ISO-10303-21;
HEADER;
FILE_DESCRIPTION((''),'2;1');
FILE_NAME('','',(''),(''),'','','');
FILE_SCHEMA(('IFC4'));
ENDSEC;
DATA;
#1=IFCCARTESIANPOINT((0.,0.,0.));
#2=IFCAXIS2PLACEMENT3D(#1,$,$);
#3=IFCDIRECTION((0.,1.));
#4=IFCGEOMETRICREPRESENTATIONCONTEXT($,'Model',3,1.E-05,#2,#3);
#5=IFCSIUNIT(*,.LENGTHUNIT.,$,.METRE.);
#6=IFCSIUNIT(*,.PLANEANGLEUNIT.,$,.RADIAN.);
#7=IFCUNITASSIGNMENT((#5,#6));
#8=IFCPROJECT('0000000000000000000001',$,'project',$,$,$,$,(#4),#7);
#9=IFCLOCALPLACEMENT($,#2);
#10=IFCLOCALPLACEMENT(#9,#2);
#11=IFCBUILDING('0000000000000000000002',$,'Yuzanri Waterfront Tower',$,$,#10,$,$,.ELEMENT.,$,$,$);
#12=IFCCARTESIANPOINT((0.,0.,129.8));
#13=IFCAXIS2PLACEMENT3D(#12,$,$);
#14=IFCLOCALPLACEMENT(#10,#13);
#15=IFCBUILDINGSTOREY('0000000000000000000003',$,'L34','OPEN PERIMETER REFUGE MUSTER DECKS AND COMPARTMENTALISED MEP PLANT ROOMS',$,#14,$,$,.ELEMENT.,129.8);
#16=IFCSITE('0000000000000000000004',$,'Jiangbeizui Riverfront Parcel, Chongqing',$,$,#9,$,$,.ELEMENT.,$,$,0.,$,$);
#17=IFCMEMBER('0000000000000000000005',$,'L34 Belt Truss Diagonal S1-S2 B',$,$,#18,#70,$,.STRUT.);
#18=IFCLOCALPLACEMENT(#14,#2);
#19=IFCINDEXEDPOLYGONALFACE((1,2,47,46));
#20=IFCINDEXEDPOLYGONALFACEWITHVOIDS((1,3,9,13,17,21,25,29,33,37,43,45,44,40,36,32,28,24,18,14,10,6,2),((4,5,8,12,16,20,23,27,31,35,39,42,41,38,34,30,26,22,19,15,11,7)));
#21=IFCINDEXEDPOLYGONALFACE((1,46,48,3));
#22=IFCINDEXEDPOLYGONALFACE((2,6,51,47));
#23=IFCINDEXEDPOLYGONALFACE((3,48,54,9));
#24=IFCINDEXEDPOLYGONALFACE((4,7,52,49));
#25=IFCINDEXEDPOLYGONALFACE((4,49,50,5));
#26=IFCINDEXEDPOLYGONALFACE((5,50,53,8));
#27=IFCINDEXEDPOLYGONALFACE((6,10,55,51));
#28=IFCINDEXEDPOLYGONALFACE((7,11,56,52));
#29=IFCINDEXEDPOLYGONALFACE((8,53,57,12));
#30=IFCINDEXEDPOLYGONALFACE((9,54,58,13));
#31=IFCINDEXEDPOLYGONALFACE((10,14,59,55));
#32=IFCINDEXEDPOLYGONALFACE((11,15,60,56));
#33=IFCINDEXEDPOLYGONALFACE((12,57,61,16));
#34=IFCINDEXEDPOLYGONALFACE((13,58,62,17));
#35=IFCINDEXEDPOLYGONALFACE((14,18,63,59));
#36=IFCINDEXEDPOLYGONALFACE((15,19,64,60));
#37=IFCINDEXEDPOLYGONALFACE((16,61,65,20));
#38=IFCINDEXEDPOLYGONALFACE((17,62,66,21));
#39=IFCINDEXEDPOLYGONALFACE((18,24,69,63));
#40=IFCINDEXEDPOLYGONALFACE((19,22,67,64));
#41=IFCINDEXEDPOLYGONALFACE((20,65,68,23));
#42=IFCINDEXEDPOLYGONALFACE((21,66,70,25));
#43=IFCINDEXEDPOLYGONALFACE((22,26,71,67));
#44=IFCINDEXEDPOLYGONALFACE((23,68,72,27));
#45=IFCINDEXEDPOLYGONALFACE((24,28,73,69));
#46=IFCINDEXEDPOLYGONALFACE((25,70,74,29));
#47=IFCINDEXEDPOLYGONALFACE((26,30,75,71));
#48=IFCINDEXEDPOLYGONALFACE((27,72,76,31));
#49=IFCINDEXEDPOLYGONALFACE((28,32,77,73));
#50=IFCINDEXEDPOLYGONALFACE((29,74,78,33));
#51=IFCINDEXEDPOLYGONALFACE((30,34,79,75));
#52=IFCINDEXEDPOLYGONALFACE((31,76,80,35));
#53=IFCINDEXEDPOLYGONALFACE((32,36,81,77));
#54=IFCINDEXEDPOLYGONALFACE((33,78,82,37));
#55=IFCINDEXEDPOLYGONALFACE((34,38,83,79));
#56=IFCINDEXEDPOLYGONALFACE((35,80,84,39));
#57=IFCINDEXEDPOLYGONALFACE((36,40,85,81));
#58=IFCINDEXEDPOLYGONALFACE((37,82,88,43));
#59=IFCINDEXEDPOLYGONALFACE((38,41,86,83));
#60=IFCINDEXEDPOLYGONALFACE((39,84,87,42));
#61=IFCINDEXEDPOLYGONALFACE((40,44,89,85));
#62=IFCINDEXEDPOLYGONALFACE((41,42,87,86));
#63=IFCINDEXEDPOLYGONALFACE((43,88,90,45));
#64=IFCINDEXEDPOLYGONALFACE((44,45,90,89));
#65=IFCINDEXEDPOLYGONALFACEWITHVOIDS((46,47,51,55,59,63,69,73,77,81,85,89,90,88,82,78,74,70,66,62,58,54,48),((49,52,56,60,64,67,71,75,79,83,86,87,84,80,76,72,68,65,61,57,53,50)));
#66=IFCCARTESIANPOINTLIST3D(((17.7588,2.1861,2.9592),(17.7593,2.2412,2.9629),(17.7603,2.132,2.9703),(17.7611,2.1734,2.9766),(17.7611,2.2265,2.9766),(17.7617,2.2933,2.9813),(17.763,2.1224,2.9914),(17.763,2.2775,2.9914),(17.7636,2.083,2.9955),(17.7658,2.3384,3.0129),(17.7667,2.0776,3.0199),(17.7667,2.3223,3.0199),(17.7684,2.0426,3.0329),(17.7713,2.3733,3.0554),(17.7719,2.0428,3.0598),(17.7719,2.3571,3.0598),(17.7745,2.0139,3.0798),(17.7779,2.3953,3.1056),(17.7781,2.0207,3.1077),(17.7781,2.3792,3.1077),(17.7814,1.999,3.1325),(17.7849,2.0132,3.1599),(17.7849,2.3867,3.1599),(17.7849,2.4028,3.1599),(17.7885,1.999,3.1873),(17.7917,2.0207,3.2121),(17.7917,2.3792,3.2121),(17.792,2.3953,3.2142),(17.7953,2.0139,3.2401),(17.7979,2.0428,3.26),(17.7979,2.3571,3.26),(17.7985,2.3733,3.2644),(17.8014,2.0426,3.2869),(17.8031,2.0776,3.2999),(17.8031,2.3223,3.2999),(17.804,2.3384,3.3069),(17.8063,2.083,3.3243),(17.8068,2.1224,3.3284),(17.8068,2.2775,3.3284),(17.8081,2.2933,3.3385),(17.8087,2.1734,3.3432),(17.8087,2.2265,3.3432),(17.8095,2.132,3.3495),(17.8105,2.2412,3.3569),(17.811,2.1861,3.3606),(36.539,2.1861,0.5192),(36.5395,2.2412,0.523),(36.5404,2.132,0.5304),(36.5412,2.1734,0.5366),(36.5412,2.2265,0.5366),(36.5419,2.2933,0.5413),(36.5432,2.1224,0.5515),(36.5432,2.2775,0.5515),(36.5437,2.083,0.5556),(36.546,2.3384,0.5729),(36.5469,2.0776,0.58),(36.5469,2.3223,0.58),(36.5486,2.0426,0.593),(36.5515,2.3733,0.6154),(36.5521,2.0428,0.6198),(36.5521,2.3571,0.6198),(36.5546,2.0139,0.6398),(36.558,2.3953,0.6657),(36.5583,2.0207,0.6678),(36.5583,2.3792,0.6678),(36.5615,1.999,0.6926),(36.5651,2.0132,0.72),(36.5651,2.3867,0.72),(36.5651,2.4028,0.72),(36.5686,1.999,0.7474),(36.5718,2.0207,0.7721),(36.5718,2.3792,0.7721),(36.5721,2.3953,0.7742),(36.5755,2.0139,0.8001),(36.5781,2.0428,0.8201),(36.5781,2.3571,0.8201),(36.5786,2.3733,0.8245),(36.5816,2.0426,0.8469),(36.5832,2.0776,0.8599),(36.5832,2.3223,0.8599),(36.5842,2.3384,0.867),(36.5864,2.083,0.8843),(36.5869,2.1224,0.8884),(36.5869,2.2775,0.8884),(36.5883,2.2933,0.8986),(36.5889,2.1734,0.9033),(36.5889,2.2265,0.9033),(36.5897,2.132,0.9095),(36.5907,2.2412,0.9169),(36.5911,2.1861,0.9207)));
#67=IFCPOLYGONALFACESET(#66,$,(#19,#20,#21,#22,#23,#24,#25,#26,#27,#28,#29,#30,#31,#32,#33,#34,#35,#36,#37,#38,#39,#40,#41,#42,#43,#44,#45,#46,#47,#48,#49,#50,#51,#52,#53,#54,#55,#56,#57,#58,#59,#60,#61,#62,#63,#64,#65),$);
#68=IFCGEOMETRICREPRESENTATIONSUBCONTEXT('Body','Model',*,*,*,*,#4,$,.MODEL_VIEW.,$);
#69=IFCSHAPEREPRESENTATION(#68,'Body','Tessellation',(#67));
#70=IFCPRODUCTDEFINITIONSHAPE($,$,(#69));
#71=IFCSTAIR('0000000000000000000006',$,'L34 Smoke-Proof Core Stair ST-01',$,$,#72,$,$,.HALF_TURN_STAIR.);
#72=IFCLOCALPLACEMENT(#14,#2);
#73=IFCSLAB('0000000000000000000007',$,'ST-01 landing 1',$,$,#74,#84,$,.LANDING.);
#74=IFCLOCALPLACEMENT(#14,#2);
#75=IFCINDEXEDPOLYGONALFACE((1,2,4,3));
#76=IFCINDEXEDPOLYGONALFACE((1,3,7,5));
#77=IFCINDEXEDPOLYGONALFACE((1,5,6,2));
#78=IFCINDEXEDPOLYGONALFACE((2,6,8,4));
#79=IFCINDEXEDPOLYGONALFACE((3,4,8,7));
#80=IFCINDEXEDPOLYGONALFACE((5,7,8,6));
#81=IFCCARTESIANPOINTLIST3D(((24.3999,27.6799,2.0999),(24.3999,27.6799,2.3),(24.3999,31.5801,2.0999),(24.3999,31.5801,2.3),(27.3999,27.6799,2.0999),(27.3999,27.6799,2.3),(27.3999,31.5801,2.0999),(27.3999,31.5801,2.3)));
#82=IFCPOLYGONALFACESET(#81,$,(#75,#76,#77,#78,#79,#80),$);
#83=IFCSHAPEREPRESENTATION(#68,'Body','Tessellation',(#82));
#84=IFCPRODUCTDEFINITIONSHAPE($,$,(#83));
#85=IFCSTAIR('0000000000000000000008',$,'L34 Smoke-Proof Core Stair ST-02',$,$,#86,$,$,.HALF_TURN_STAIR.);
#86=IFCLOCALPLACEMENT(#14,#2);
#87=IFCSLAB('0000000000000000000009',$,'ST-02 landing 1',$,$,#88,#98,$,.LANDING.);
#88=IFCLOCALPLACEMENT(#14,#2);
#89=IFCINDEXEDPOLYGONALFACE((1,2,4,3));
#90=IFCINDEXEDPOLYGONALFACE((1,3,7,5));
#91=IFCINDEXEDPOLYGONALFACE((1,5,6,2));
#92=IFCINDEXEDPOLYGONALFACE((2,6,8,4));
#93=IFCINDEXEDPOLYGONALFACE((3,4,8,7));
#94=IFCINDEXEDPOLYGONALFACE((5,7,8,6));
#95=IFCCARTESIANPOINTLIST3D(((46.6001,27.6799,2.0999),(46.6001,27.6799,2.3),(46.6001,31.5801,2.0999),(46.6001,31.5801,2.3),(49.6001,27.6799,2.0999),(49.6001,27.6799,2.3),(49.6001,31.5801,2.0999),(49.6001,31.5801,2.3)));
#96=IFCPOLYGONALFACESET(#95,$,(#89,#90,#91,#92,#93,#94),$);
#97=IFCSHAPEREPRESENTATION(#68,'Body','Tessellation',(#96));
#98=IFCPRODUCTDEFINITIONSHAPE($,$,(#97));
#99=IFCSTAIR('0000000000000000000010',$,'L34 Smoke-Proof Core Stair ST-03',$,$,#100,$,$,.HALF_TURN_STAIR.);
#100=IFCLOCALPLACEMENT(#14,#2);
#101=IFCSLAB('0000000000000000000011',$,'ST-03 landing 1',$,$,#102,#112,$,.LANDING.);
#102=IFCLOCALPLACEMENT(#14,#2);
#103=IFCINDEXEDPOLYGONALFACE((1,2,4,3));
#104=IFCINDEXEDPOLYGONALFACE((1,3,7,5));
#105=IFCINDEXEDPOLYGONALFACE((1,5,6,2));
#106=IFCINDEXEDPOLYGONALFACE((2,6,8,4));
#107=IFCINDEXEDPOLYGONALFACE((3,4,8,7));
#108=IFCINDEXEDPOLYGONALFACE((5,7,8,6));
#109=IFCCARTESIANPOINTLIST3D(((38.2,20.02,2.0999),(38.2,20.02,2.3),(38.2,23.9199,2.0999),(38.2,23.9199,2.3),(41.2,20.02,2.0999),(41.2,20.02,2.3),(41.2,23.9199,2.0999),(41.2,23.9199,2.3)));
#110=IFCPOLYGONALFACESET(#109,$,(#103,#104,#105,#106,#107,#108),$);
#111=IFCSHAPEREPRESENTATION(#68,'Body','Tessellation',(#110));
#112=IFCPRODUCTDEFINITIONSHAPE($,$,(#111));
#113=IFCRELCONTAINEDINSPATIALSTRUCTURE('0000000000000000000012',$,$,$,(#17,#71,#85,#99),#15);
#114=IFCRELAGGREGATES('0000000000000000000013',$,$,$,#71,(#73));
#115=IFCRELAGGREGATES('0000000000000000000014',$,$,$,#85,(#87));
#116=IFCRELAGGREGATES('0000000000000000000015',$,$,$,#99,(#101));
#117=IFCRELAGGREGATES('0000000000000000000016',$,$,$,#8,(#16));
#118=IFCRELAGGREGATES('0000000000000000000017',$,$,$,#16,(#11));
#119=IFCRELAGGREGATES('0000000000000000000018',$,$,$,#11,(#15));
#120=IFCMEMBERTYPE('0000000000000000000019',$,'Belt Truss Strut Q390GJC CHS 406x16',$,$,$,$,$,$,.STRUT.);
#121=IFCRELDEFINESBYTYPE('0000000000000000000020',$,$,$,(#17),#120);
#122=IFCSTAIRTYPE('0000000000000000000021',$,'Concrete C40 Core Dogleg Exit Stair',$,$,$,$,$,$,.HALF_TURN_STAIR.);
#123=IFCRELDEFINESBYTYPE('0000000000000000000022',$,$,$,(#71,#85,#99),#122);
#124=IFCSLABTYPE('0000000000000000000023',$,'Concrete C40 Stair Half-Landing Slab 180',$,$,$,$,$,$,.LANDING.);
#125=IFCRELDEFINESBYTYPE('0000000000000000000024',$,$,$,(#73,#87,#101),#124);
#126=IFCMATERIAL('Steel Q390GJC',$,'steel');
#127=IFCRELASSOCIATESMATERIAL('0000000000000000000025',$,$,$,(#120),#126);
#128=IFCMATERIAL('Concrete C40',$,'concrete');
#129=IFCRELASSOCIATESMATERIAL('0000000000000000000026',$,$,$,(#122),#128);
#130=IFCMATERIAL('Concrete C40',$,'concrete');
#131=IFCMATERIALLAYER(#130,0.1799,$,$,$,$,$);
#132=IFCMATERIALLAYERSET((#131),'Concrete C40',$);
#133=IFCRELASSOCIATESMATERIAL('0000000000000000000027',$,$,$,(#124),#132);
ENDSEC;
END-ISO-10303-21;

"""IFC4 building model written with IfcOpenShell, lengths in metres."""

from ifc_helpers import new_model, si_unit, direction, frame, origin, origin_2d, place, context, subcontext, project, spatial, polyline, hollow_circle, outline, extrude, source, transform, mapped, material, layer, layer_set, material_profile, profile_set, type_object, element, aggregate, save


model = new_model("IFC4")

# Units and contexts
model_context = context("Model", 3, precision=1e-05, world=origin(), true_north=direction((0.0, 1.0)))
body_context = subcontext(model_context, "Body", "Model", "MODEL_VIEW")
ifc_project = project(units=[si_unit("LENGTHUNIT", "METRE"), si_unit("PLANEANGLEUNIT", "RADIAN")], contexts=[model_context])

# Site, building, storey
site_placement = place(None, origin())
site = spatial("IfcSite", under=ifc_project, at=site_placement, Name="Jiangbeizui Riverfront Parcel, Chongqing", CompositionType="ELEMENT", RefElevation=0.0)
building_placement = place(site_placement, origin())
building = spatial("IfcBuilding", under=site, at=building_placement, Name="Yuzanri Waterfront Tower", CompositionType="ELEMENT")
storey_placement = place(building_placement, frame((0.0, 0.0, 129.8)))
storey = spatial("IfcBuildingStorey", under=building, at=storey_placement, Name="L34", Description="OPEN PERIMETER REFUGE MUSTER DECKS AND COMPARTMENTALISED MEP PLANT ROOMS", CompositionType="ELEMENT", Elevation=129.8)

# Member
ifc_material_1 = material(Name="Steel Q390GJC", Category="steel")
ifc_material_profile_1 = material_profile(ifc_material_1, hollow_circle(Radius=0.2029, WallThickness=0.0161, at=origin_2d()), Name="CHS 406x16")
ifc_profile_set_1 = profile_set([ifc_material_profile_1], Name="Steel Q390GJC")
member_type_1 = type_object("IfcMemberType", Name="Belt Truss Strut Q390GJC CHS 406x16", PredefinedType="STRUT", material=ifc_profile_set_1)
shared_shape_1 = source(origin(), body_context, "Body", "SweptSolid", [
    extrude(hollow_circle(Radius=0.2029, WallThickness=0.0161, at=origin_2d()), origin(), (0.0, 0.0, 1.0), 18.938),
])
for number, where, z_axis, x_axis, name in (
    (1, (17.7849, 2.2, 3.1599), (0.991665, 0.0, -0.128839), (0.0, 1.0, 0.0), "L34 Belt Truss Diagonal S1-S2 B"),
):
    element("IfcMember", number, at=place(storey_placement, frame(where, z_axis=z_axis, x_axis=x_axis)), inside=storey, type_object=member_type_1, Name=name, PredefinedType="STRUT", context=body_context, shape_type="MappedRepresentation", body=[
        mapped(shared_shape_1, transform((0.0, 0.0, 0.0), scale=1.0)),
    ])

# Stairs, slabs
ifc_material_2 = material(Name="Concrete C40", Category="concrete")
stair_type = type_object("IfcStairType", Name="Concrete C40 Core Dogleg Exit Stair", PredefinedType="HALF_TURN_STAIR", material=ifc_material_2)
stair_1_placement = place(storey_placement, origin())
stair_1 = element("IfcStair", 2, at=stair_1_placement, inside=storey, type_object=stair_type, Name="L34 Smoke-Proof Core Stair ST-01", PredefinedType="HALF_TURN_STAIR")
ifc_material_3 = material(Name="Concrete C40", Category="concrete")
ifc_layer_1 = layer(ifc_material_3, 0.1799)
ifc_layer_set_1 = layer_set([ifc_layer_1], Name="Concrete C40")
slab_type_1 = type_object("IfcSlabType", Name="Concrete C40 Stair Half-Landing Slab 180", PredefinedType="LANDING", material=ifc_layer_set_1)
slab_1_placement = place(storey_placement, frame((0.0, 0.0, 2.0999)))
slab_1 = element("IfcSlab", 3, at=slab_1_placement, type_object=slab_type_1, Name="ST-01 landing 1", PredefinedType="LANDING", context=body_context, shape_type="SweptSolid", body=[
    extrude(outline(polyline([(27.3999, 27.6799), (27.3999, 31.5801), (24.3999, 31.5801), (24.3999, 27.6799), (27.3999, 27.6799)])), origin(), (0.0, 0.0, 1.0), 0.2002),
])
aggregate(stair_1, [slab_1])
stair_2_placement = place(storey_placement, origin())
stair_2 = element("IfcStair", 4, at=stair_2_placement, inside=storey, type_object=stair_type, Name="L34 Smoke-Proof Core Stair ST-02", PredefinedType="HALF_TURN_STAIR")
slab_2_placement = place(storey_placement, frame((0.0, 0.0, 2.0999)))
slab_2 = element("IfcSlab", 5, at=slab_2_placement, type_object=slab_type_1, Name="ST-02 landing 1", PredefinedType="LANDING", context=body_context, shape_type="SweptSolid", body=[
    extrude(outline(polyline([(49.6001, 27.6799), (49.6001, 31.5801), (46.6001, 31.5801), (46.6001, 27.6799), (49.6001, 27.6799)])), origin(), (0.0, 0.0, 1.0), 0.2002),
])
aggregate(stair_2, [slab_2])
stair_3_placement = place(storey_placement, origin())
stair_3 = element("IfcStair", 6, at=stair_3_placement, inside=storey, type_object=stair_type, Name="L34 Smoke-Proof Core Stair ST-03", PredefinedType="HALF_TURN_STAIR")
slab_3_placement = place(storey_placement, frame((0.0, 0.0, 2.0999)))
slab_3 = element("IfcSlab", 7, at=slab_3_placement, type_object=slab_type_1, Name="ST-03 landing 1", PredefinedType="LANDING", context=body_context, shape_type="SweptSolid", body=[
    extrude(outline(polyline([(38.2, 23.9199), (38.2, 20.02), (41.2, 20.02), (41.2, 23.9199), (38.2, 23.9199)])), origin(), (0.0, 0.0, 1.0), 0.2002),
])
aggregate(stair_3, [slab_3])

save(model, "model.ifc")
